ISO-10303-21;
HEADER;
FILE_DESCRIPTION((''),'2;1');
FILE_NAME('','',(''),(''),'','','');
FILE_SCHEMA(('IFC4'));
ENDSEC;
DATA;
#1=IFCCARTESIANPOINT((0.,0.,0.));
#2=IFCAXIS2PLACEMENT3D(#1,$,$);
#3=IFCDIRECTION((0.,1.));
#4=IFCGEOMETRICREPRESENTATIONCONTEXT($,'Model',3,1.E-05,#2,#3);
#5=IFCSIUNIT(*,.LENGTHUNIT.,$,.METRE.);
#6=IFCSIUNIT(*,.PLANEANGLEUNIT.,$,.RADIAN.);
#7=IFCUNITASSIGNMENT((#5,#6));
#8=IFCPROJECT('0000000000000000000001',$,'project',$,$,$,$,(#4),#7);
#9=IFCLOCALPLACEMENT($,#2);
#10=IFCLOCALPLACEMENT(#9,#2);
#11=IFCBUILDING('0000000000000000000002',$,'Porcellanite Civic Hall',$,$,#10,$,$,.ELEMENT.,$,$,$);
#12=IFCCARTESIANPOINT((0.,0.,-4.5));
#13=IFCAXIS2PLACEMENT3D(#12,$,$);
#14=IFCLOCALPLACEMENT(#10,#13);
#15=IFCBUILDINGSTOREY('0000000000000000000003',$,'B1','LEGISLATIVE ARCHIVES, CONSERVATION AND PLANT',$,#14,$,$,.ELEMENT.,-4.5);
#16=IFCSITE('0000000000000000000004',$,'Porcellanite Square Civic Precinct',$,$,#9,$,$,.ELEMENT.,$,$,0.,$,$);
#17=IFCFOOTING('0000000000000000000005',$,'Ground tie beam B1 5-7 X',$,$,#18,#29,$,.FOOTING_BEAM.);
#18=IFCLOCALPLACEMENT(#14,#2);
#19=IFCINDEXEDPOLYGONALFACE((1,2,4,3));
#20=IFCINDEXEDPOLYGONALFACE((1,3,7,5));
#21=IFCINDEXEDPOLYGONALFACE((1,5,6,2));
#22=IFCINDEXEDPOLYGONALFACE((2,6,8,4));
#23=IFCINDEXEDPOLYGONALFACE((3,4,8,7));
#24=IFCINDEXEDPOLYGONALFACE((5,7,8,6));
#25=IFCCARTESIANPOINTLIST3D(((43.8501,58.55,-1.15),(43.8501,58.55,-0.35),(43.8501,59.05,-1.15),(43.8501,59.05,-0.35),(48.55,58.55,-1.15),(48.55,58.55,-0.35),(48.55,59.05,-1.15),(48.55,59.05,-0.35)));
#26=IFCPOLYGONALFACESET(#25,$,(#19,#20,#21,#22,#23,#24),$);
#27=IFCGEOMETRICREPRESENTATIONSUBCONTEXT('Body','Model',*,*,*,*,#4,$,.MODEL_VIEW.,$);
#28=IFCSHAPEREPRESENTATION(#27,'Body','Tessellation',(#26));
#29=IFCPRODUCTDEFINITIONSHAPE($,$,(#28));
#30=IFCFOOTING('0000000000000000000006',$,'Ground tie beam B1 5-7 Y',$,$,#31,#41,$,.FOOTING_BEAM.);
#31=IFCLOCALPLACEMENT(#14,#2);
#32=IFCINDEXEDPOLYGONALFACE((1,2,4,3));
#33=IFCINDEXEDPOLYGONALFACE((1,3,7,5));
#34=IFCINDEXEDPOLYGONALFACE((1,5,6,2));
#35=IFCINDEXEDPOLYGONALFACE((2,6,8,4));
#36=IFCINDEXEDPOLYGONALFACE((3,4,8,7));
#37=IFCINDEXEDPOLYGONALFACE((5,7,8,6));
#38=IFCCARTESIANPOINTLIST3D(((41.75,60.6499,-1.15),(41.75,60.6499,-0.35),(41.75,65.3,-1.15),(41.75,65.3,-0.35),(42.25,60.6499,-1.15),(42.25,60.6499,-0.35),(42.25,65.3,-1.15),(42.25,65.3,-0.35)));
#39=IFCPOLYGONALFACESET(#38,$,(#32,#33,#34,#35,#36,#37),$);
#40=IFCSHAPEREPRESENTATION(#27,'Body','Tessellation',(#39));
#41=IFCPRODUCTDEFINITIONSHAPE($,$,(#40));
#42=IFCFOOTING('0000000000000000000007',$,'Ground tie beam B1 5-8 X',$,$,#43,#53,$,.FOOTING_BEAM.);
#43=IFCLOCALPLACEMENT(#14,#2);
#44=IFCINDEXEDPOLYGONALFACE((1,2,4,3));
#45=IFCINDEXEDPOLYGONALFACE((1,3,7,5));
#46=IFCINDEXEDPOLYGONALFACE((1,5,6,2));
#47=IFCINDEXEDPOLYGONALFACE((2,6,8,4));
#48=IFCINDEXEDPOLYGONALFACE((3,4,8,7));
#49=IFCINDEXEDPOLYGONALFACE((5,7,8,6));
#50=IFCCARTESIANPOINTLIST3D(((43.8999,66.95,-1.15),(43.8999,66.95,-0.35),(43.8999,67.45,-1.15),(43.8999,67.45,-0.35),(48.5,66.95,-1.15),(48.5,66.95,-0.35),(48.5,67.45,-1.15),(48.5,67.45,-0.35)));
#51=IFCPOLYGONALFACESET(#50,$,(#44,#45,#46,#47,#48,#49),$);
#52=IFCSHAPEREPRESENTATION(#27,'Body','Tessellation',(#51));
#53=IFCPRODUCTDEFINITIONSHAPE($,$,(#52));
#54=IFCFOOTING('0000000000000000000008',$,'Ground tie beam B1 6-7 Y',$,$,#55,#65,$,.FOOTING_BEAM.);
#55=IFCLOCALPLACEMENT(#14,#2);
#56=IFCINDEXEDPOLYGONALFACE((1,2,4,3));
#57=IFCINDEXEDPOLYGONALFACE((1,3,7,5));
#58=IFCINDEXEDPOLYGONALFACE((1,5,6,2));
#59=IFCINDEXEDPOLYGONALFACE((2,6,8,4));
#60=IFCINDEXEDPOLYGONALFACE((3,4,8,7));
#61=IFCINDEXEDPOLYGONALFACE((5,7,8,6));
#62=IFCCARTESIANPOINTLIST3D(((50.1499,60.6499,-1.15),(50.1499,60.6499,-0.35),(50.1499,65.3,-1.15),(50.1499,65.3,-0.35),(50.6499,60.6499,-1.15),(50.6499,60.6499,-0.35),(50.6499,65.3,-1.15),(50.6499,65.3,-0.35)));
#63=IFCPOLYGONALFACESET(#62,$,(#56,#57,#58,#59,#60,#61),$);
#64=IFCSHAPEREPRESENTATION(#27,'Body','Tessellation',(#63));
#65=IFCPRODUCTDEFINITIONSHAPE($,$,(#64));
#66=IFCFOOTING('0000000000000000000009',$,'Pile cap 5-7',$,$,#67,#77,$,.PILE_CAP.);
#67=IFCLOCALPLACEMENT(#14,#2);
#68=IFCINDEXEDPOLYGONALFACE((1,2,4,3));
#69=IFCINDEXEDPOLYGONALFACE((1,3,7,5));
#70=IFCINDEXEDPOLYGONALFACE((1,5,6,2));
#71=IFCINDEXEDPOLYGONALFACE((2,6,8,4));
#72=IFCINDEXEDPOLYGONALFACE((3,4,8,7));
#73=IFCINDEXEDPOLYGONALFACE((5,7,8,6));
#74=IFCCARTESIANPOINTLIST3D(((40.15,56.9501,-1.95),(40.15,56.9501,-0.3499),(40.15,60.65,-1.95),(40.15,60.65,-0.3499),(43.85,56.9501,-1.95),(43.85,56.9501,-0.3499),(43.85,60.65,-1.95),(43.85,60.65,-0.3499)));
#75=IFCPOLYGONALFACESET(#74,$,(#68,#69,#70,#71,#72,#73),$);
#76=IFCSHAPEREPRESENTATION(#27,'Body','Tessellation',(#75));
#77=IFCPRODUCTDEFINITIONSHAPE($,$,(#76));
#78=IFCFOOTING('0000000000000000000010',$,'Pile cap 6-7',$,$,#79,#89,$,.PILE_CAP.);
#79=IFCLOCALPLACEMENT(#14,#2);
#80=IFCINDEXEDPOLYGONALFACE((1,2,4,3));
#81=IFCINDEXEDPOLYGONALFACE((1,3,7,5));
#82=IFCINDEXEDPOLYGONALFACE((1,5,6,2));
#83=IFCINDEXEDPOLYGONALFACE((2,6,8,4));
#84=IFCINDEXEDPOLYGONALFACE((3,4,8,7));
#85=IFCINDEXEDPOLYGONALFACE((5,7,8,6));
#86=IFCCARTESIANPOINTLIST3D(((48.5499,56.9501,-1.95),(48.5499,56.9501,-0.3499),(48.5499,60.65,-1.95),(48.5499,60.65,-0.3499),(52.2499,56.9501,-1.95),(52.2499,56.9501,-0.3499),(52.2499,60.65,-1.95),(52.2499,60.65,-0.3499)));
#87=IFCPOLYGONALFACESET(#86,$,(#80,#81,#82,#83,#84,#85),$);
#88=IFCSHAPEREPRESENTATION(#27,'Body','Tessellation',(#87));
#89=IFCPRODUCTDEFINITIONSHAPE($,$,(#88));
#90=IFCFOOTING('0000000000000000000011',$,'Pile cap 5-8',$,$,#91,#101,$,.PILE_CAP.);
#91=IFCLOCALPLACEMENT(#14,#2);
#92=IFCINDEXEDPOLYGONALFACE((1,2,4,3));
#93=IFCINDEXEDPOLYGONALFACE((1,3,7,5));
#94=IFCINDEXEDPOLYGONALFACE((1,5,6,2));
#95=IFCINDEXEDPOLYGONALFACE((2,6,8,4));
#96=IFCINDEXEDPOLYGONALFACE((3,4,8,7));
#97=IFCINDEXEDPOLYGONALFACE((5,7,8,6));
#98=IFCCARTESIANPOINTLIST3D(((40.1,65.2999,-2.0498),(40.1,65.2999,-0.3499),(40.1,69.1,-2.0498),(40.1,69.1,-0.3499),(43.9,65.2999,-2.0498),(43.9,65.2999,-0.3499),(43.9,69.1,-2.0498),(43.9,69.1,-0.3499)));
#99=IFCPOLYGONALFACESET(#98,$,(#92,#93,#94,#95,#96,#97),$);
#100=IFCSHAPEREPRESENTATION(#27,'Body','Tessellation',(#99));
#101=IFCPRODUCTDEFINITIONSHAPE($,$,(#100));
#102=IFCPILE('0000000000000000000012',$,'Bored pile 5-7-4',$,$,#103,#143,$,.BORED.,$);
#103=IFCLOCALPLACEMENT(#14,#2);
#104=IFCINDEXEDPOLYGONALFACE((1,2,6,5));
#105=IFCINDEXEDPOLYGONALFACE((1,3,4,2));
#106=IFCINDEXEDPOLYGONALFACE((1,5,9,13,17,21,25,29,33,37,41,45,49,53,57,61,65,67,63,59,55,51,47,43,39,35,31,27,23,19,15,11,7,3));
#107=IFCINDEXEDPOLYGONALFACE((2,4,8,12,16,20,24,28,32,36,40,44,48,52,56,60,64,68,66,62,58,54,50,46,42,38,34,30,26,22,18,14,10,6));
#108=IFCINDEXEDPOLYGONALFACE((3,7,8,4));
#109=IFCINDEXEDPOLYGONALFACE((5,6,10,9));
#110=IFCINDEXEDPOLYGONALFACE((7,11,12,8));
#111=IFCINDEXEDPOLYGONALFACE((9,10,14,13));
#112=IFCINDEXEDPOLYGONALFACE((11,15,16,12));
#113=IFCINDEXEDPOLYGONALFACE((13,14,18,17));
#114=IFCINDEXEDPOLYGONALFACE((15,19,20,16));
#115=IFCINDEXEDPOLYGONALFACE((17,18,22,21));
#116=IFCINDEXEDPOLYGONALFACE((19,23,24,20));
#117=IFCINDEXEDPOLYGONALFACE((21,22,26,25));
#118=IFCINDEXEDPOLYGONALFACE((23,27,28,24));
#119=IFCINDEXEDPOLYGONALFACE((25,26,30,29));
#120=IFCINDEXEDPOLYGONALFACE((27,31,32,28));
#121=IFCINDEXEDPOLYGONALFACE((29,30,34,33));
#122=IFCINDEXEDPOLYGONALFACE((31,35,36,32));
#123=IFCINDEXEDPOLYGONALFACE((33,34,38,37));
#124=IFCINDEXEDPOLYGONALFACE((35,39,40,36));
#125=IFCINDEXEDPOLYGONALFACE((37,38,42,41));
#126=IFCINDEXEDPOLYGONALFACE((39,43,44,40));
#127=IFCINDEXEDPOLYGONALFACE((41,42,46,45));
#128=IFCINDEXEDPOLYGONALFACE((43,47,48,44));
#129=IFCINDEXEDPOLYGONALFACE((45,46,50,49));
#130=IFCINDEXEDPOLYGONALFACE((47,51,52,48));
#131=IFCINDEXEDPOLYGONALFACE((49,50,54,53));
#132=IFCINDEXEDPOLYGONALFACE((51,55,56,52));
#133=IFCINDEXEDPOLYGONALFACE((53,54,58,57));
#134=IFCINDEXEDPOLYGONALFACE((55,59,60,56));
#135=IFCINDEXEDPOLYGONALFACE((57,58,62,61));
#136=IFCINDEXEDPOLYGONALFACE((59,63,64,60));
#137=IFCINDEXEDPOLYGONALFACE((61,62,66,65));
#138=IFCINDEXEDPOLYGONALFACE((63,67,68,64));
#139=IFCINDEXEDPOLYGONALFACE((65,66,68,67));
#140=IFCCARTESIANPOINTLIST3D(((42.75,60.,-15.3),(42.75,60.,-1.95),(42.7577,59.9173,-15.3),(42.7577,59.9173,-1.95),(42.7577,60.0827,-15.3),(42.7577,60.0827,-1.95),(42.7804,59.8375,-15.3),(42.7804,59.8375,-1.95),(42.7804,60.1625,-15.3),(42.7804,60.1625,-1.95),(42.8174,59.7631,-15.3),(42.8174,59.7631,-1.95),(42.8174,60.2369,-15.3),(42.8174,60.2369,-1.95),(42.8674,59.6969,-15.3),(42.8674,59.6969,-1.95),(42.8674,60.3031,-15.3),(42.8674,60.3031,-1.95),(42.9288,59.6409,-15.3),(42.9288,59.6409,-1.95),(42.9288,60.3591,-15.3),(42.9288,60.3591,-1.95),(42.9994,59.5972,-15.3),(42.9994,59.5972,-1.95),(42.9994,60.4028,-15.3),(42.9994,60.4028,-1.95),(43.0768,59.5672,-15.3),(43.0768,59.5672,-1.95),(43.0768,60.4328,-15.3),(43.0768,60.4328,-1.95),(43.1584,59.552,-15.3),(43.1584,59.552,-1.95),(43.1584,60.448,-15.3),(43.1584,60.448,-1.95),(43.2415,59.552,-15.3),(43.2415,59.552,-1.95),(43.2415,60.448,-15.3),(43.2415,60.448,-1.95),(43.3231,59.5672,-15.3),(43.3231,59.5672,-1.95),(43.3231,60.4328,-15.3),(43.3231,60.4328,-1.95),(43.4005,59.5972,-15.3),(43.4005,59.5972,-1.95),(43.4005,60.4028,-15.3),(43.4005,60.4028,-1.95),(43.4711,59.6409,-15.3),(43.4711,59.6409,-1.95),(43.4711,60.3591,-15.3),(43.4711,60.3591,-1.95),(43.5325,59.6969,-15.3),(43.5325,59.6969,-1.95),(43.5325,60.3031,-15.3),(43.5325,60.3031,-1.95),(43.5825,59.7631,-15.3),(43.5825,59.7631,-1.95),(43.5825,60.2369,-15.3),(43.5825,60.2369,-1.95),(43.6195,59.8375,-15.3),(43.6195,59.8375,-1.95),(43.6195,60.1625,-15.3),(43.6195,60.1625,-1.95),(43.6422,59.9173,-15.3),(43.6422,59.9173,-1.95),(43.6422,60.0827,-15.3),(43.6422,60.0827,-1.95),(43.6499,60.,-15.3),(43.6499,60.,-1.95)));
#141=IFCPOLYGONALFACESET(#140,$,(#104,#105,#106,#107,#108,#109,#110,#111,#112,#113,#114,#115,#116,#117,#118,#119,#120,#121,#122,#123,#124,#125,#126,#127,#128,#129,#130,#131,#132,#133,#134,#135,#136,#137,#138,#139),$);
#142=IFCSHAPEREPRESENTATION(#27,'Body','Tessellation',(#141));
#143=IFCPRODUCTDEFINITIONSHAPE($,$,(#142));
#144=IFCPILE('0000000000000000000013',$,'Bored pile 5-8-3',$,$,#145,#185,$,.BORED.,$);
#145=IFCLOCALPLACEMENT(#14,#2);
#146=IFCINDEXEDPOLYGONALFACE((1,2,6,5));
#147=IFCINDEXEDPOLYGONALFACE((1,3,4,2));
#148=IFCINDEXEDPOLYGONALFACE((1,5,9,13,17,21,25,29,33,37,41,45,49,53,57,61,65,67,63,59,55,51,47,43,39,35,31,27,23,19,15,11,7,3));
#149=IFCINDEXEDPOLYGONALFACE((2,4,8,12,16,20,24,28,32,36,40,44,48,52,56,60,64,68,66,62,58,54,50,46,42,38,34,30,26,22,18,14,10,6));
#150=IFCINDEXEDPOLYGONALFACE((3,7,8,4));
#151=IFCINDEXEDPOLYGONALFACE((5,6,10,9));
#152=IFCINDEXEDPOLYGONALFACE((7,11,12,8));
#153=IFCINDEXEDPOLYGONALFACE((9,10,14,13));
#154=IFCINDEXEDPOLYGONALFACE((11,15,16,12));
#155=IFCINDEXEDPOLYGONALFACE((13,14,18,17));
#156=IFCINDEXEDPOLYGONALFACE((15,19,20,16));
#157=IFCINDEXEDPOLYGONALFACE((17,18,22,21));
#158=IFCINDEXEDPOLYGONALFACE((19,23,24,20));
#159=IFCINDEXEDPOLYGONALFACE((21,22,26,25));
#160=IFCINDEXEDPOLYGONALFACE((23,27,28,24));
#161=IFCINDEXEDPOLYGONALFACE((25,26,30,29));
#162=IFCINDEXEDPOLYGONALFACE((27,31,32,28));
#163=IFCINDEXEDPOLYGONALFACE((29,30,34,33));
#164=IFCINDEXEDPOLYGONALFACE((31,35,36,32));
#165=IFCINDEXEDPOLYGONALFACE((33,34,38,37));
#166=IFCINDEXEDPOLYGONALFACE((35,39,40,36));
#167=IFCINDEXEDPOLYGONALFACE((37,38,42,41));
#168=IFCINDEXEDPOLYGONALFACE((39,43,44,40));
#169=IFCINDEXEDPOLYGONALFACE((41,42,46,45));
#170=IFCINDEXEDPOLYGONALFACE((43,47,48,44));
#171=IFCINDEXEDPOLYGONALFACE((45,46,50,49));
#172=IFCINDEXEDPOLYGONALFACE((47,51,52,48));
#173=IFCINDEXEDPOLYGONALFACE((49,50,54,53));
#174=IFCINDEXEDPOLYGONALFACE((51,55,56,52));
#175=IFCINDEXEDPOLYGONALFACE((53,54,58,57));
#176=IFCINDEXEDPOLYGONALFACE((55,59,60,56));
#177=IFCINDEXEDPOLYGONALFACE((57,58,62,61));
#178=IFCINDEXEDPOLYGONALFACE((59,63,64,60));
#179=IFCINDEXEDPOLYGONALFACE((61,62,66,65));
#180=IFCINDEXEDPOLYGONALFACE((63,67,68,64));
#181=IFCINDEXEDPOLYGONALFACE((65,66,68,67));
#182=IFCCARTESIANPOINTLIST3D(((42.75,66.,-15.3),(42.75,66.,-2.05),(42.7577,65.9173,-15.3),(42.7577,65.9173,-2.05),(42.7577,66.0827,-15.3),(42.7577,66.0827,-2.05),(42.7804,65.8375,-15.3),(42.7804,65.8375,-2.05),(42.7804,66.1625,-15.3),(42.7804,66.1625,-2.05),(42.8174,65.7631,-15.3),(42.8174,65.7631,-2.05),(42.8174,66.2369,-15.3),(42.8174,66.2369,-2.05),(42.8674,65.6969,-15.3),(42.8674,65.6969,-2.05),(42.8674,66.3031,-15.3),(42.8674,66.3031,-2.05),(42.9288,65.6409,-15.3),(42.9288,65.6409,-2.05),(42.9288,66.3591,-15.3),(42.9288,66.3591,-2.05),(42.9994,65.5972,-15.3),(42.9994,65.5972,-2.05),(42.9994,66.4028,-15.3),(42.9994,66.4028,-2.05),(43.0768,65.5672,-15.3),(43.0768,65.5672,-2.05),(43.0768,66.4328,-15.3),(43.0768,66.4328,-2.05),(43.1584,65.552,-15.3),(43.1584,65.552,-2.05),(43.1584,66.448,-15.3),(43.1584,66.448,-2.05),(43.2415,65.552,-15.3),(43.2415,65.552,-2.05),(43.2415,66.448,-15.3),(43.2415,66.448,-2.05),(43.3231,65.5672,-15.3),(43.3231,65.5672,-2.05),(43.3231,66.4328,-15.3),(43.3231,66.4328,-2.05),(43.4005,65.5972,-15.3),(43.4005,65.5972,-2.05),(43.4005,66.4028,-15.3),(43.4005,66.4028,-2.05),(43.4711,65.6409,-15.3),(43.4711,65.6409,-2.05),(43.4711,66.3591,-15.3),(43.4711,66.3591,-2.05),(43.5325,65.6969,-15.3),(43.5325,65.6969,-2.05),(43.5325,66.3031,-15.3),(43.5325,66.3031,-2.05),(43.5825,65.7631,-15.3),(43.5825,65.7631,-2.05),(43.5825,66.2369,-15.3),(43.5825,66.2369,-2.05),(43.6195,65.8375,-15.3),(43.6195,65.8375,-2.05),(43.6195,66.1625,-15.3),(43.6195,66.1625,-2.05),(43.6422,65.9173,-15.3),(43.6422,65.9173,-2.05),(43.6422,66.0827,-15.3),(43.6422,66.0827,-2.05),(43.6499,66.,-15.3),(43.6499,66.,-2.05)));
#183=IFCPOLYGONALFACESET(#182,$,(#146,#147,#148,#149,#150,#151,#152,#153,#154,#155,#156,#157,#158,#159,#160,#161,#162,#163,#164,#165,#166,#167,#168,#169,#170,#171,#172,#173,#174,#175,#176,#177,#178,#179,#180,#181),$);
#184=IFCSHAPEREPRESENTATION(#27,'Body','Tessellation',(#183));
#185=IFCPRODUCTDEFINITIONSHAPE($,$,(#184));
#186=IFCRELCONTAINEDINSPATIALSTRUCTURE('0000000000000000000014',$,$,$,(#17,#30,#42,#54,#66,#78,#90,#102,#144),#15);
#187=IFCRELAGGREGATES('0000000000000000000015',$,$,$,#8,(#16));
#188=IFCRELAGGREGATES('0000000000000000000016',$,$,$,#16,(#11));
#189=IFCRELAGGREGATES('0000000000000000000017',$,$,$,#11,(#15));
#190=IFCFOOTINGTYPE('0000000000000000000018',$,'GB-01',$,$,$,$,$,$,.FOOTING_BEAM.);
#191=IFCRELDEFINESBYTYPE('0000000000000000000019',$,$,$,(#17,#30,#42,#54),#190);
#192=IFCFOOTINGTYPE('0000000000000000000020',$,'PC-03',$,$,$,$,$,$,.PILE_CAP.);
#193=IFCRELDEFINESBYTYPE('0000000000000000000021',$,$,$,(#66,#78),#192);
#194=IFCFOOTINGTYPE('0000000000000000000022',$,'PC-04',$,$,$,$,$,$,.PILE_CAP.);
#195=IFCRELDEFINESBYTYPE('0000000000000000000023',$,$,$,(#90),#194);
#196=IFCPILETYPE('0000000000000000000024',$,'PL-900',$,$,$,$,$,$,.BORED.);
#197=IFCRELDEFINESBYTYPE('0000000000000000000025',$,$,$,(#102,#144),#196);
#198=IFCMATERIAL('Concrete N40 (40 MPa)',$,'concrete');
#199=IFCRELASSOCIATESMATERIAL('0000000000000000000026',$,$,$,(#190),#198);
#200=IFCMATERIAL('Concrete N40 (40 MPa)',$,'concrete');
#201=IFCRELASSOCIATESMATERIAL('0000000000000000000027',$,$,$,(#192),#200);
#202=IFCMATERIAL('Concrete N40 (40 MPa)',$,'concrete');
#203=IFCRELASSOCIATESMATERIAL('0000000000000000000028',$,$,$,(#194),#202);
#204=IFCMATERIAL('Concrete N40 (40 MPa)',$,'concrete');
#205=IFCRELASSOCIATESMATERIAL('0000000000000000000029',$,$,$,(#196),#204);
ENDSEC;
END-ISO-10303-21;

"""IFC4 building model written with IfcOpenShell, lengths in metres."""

from ifc_helpers import new_model, si_unit, direction, frame, origin, origin_2d, place, context, subcontext, project, spatial, rectangle, circle, extrude, material, material_profile, profile_set, type_object, element, save


model = new_model("IFC4")

# Units and contexts
model_context = context("Model", 3, precision=1e-05, world=origin(), true_north=direction((0.0, 1.0)))
body_context = subcontext(model_context, "Body", "Model", "MODEL_VIEW")
ifc_project = project(units=[si_unit("LENGTHUNIT", "METRE"), si_unit("PLANEANGLEUNIT", "RADIAN")], contexts=[model_context])

# Site, building, storey
site_placement = place(None, origin())
site = spatial("IfcSite", under=ifc_project, at=site_placement, Name="Porcellanite Square Civic Precinct", CompositionType="ELEMENT", RefElevation=0.0)
building_placement = place(site_placement, origin())
building = spatial("IfcBuilding", under=site, at=building_placement, Name="Porcellanite Civic Hall", CompositionType="ELEMENT")
storey_placement = place(building_placement, frame((0.0, 0.0, -4.5)))
storey = spatial("IfcBuildingStorey", under=building, at=storey_placement, Name="B1", Description="LEGISLATIVE ARCHIVES, CONSERVATION AND PLANT", CompositionType="ELEMENT", Elevation=-4.5)

# Footings
ifc_material_1 = material(Name="Concrete N40 (40 MPa)", Category="concrete")
ifc_material_profile_1 = material_profile(ifc_material_1, rectangle(XDim=0.5, YDim=0.8, at=origin_2d()), Name="RC-500x800")
ifc_profile_set_1 = profile_set([ifc_material_profile_1], Name="Concrete N40 (40 MPa)")
footing_type_1 = type_object("IfcFootingType", Name="GB-01", PredefinedType="FOOTING_BEAM", material=ifc_profile_set_1)
footing_1_placement = place(storey_placement, frame((43.8501, 58.8, -0.75), z_axis=(1.0, 0.0, 0.0), x_axis=(0.0, 1.0, 0.0)))
element("IfcFooting", 1, at=footing_1_placement, inside=storey, type_object=footing_type_1, Name="Ground tie beam B1 5-7 X", PredefinedType="FOOTING_BEAM", context=body_context, shape_type="SweptSolid", body=[
    extrude(rectangle(XDim=0.5, YDim=0.8, at=origin_2d()), origin(), (0.0, 0.0, 1.0), 4.7),
])
footing_2_placement = place(storey_placement, frame((42.0, 60.6499, -0.75), z_axis=(0.0, 1.0, 0.0), x_axis=(-1.0, 0.0, 0.0)))
element("IfcFooting", 2, at=footing_2_placement, inside=storey, type_object=footing_type_1, Name="Ground tie beam B1 5-7 Y", PredefinedType="FOOTING_BEAM", context=body_context, shape_type="SweptSolid", body=[
    extrude(rectangle(XDim=0.5, YDim=0.8, at=origin_2d()), origin(), (0.0, 0.0, 1.0), 4.6501),
])
footing_3_placement = place(storey_placement, frame((43.8999, 67.2, -0.75), z_axis=(1.0, 0.0, 0.0), x_axis=(0.0, 1.0, 0.0)))
element("IfcFooting", 3, at=footing_3_placement, inside=storey, type_object=footing_type_1, Name="Ground tie beam B1 5-8 X", PredefinedType="FOOTING_BEAM", context=body_context, shape_type="SweptSolid", body=[
    extrude(rectangle(XDim=0.5, YDim=0.8, at=origin_2d()), origin(), (0.0, 0.0, 1.0), 4.6001),
])
footing_4_placement = place(storey_placement, frame((50.3999, 60.6499, -0.75), z_axis=(0.0, 1.0, 0.0), x_axis=(-1.0, 0.0, 0.0)))
element("IfcFooting", 4, at=footing_4_placement, inside=storey, type_object=footing_type_1, Name="Ground tie beam B1 6-7 Y", PredefinedType="FOOTING_BEAM", context=body_context, shape_type="SweptSolid", body=[
    extrude(rectangle(XDim=0.5, YDim=0.8, at=origin_2d()), origin(), (0.0, 0.0, 1.0), 4.6501),
])
ifc_material_2 = material(Name="Concrete N40 (40 MPa)", Category="concrete")
footing_type_2 = type_object("IfcFootingType", Name="PC-03", PredefinedType="PILE_CAP", material=ifc_material_2)
for number, where, z_axis, x_axis, name in (
    (5, (42.0, 58.8, -1.95), (0.0, 0.0, 1.0), (1.0, 0.0, 0.0), "Pile cap 5-7"),
    (6, (50.3999, 58.8, -1.95), (0.0, 0.0, 1.0), (1.0, 0.0, 0.0), "Pile cap 6-7"),
):
    element("IfcFooting", number, at=place(storey_placement, frame(where, z_axis=z_axis, x_axis=x_axis)), inside=storey, type_object=footing_type_2, Name=name, PredefinedType="PILE_CAP", context=body_context, shape_type="SweptSolid", body=[
        extrude(rectangle(XDim=3.7, YDim=3.7, at=origin_2d()), origin(), (0.0, 0.0, 1.0), 1.6001),
    ])
ifc_material_3 = material(Name="Concrete N40 (40 MPa)", Category="concrete")
footing_type_3 = type_object("IfcFootingType", Name="PC-04", PredefinedType="PILE_CAP", material=ifc_material_3)
footing_5_placement = place(storey_placement, frame((42.0, 67.2, -2.0498), z_axis=(0.0, 0.0, 1.0), x_axis=(1.0, 0.0, 0.0)))
element("IfcFooting", 7, at=footing_5_placement, inside=storey, type_object=footing_type_3, Name="Pile cap 5-8", PredefinedType="PILE_CAP", context=body_context, shape_type="SweptSolid", body=[
    extrude(rectangle(XDim=3.8, YDim=3.8, at=origin_2d()), origin(), (0.0, 0.0, 1.0), 1.7),
])

# Piles
ifc_material_4 = material(Name="Concrete N40 (40 MPa)", Category="concrete")
ifc_material_profile_2 = material_profile(ifc_material_4, circle(Radius=0.45, at=origin_2d()), Name="PILE-D900")
ifc_profile_set_2 = profile_set([ifc_material_profile_2], Name="Concrete N40 (40 MPa)")
pile_type = type_object("IfcPileType", Name="PL-900", PredefinedType="BORED", material=ifc_profile_set_2)
pile_1_placement = place(storey_placement, frame((43.2, 60.0, -1.95), z_axis=(0.0, 0.0, -1.0), x_axis=(1.0, 0.0, 0.0)))
element("IfcPile", 8, at=pile_1_placement, inside=storey, type_object=pile_type, Name="Bored pile 5-7-4", PredefinedType="BORED", context=body_context, shape_type="SweptSolid", body=[
    extrude(circle(Radius=0.45, at=origin_2d()), origin(), (0.0, 0.0, 1.0), 13.3501),
])
for number, where, z_axis, x_axis, name in (
    (9, (43.2, 66.0, -2.05), (0.0, 0.0, -1.0), (1.0, 0.0, 0.0), "Bored pile 5-8-3"),
):
    element("IfcPile", number, at=place(storey_placement, frame(where, z_axis=z_axis, x_axis=x_axis)), inside=storey, type_object=pile_type, Name=name, PredefinedType="BORED", context=body_context, shape_type="SweptSolid", body=[
        extrude(circle(Radius=0.45, at=origin_2d()), origin(), (0.0, 0.0, 1.0), 13.25),
    ])

save(model, "model.ifc")
